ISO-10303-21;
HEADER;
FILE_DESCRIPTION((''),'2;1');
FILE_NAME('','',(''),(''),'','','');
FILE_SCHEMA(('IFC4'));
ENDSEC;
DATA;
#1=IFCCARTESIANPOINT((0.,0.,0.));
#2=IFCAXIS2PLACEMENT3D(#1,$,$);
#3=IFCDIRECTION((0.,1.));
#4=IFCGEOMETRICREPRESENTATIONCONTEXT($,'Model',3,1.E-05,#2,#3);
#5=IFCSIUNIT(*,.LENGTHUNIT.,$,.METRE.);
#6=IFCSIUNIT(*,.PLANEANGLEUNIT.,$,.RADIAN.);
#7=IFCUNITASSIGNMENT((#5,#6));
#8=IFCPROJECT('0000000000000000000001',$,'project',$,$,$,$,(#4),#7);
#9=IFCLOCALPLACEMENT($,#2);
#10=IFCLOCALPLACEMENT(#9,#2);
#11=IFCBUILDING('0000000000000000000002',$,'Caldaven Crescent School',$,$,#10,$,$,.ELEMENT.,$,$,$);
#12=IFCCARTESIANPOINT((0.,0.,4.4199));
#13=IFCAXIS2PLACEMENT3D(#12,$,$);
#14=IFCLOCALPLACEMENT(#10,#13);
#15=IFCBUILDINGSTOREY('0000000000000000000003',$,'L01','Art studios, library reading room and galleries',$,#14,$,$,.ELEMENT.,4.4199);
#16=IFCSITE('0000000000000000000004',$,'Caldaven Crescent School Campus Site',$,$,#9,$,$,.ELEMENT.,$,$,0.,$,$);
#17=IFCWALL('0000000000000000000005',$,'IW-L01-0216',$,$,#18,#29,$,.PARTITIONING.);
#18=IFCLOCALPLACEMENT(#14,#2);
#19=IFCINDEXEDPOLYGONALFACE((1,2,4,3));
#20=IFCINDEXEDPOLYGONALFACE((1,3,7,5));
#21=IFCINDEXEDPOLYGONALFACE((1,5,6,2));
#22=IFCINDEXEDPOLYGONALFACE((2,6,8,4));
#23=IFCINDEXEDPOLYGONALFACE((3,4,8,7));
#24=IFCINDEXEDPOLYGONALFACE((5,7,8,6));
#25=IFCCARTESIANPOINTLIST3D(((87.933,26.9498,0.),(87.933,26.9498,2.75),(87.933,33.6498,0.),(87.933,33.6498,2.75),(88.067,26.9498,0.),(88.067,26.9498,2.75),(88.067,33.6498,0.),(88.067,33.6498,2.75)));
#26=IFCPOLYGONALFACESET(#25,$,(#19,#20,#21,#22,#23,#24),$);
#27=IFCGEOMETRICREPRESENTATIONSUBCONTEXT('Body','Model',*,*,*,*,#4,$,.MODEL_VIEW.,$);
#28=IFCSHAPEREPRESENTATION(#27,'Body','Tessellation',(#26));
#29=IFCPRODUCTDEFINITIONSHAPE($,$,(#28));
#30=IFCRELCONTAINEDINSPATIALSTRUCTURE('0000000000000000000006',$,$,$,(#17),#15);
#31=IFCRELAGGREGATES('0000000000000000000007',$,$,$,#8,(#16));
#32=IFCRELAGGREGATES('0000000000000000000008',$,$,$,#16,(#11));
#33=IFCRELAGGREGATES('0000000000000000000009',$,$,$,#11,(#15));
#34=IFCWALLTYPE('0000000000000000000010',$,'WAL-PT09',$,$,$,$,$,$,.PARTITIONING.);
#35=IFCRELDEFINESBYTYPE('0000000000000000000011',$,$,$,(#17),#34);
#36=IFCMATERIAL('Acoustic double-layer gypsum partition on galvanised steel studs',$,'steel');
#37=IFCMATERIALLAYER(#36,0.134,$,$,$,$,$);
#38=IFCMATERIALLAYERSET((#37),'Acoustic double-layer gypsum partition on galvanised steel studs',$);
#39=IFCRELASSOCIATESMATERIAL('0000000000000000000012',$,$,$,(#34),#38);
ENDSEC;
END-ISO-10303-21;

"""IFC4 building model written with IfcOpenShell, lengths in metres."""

from ifc_helpers import new_model, si_unit, direction, frame, frame_2d, origin, place, context, subcontext, project, spatial, rectangle, extrude, material, layer, layer_set, type_object, element, save


model = new_model("IFC4")

# Units and contexts
model_context = context("Model", 3, precision=1e-05, world=origin(), true_north=direction((0.0, 1.0)))
body_context = subcontext(model_context, "Body", "Model", "MODEL_VIEW")
ifc_project = project(units=[si_unit("LENGTHUNIT", "METRE"), si_unit("PLANEANGLEUNIT", "RADIAN")], contexts=[model_context])

# Site, building, storey
site_placement = place(None, origin())
site = spatial("IfcSite", under=ifc_project, at=site_placement, Name="Caldaven Crescent School Campus Site", CompositionType="ELEMENT", RefElevation=0.0)
building_placement = place(site_placement, origin())
building = spatial("IfcBuilding", under=site, at=building_placement, Name="Caldaven Crescent School", CompositionType="ELEMENT")
storey_placement = place(building_placement, frame((0.0, 0.0, 4.4199)))
storey = spatial("IfcBuildingStorey", under=building, at=storey_placement, Name="L01", Description="Art studios, library reading room and galleries", CompositionType="ELEMENT", Elevation=4.4199)

# Wall
ifc_material_1 = material(Name="Acoustic double-layer gypsum partition on galvanised steel studs", Category="steel")
ifc_layer_1 = layer(ifc_material_1, 0.134)
ifc_layer_set_1 = layer_set([ifc_layer_1], Name="Acoustic double-layer gypsum partition on galvanised steel studs")
wall_type = type_object("IfcWallType", Name="WAL-PT09", PredefinedType="PARTITIONING", material=ifc_layer_set_1)
wall_placement = place(storey_placement, frame((88.0, 33.6499, 0.0), z_axis=(0.0, 0.0, 1.0), x_axis=(0.0, -1.0, 0.0)))
element("IfcWall", 1, at=wall_placement, inside=storey, type_object=wall_type, Name="IW-L01-0216", PredefinedType="PARTITIONING", context=body_context, shape_type="SweptSolid", body=[
    extrude(rectangle(XDim=6.7, YDim=0.134, at=frame_2d((3.3501, 0.0))), origin(), (0.0, 0.0, 1.0), 2.75),
])

save(model, "model.ifc")
